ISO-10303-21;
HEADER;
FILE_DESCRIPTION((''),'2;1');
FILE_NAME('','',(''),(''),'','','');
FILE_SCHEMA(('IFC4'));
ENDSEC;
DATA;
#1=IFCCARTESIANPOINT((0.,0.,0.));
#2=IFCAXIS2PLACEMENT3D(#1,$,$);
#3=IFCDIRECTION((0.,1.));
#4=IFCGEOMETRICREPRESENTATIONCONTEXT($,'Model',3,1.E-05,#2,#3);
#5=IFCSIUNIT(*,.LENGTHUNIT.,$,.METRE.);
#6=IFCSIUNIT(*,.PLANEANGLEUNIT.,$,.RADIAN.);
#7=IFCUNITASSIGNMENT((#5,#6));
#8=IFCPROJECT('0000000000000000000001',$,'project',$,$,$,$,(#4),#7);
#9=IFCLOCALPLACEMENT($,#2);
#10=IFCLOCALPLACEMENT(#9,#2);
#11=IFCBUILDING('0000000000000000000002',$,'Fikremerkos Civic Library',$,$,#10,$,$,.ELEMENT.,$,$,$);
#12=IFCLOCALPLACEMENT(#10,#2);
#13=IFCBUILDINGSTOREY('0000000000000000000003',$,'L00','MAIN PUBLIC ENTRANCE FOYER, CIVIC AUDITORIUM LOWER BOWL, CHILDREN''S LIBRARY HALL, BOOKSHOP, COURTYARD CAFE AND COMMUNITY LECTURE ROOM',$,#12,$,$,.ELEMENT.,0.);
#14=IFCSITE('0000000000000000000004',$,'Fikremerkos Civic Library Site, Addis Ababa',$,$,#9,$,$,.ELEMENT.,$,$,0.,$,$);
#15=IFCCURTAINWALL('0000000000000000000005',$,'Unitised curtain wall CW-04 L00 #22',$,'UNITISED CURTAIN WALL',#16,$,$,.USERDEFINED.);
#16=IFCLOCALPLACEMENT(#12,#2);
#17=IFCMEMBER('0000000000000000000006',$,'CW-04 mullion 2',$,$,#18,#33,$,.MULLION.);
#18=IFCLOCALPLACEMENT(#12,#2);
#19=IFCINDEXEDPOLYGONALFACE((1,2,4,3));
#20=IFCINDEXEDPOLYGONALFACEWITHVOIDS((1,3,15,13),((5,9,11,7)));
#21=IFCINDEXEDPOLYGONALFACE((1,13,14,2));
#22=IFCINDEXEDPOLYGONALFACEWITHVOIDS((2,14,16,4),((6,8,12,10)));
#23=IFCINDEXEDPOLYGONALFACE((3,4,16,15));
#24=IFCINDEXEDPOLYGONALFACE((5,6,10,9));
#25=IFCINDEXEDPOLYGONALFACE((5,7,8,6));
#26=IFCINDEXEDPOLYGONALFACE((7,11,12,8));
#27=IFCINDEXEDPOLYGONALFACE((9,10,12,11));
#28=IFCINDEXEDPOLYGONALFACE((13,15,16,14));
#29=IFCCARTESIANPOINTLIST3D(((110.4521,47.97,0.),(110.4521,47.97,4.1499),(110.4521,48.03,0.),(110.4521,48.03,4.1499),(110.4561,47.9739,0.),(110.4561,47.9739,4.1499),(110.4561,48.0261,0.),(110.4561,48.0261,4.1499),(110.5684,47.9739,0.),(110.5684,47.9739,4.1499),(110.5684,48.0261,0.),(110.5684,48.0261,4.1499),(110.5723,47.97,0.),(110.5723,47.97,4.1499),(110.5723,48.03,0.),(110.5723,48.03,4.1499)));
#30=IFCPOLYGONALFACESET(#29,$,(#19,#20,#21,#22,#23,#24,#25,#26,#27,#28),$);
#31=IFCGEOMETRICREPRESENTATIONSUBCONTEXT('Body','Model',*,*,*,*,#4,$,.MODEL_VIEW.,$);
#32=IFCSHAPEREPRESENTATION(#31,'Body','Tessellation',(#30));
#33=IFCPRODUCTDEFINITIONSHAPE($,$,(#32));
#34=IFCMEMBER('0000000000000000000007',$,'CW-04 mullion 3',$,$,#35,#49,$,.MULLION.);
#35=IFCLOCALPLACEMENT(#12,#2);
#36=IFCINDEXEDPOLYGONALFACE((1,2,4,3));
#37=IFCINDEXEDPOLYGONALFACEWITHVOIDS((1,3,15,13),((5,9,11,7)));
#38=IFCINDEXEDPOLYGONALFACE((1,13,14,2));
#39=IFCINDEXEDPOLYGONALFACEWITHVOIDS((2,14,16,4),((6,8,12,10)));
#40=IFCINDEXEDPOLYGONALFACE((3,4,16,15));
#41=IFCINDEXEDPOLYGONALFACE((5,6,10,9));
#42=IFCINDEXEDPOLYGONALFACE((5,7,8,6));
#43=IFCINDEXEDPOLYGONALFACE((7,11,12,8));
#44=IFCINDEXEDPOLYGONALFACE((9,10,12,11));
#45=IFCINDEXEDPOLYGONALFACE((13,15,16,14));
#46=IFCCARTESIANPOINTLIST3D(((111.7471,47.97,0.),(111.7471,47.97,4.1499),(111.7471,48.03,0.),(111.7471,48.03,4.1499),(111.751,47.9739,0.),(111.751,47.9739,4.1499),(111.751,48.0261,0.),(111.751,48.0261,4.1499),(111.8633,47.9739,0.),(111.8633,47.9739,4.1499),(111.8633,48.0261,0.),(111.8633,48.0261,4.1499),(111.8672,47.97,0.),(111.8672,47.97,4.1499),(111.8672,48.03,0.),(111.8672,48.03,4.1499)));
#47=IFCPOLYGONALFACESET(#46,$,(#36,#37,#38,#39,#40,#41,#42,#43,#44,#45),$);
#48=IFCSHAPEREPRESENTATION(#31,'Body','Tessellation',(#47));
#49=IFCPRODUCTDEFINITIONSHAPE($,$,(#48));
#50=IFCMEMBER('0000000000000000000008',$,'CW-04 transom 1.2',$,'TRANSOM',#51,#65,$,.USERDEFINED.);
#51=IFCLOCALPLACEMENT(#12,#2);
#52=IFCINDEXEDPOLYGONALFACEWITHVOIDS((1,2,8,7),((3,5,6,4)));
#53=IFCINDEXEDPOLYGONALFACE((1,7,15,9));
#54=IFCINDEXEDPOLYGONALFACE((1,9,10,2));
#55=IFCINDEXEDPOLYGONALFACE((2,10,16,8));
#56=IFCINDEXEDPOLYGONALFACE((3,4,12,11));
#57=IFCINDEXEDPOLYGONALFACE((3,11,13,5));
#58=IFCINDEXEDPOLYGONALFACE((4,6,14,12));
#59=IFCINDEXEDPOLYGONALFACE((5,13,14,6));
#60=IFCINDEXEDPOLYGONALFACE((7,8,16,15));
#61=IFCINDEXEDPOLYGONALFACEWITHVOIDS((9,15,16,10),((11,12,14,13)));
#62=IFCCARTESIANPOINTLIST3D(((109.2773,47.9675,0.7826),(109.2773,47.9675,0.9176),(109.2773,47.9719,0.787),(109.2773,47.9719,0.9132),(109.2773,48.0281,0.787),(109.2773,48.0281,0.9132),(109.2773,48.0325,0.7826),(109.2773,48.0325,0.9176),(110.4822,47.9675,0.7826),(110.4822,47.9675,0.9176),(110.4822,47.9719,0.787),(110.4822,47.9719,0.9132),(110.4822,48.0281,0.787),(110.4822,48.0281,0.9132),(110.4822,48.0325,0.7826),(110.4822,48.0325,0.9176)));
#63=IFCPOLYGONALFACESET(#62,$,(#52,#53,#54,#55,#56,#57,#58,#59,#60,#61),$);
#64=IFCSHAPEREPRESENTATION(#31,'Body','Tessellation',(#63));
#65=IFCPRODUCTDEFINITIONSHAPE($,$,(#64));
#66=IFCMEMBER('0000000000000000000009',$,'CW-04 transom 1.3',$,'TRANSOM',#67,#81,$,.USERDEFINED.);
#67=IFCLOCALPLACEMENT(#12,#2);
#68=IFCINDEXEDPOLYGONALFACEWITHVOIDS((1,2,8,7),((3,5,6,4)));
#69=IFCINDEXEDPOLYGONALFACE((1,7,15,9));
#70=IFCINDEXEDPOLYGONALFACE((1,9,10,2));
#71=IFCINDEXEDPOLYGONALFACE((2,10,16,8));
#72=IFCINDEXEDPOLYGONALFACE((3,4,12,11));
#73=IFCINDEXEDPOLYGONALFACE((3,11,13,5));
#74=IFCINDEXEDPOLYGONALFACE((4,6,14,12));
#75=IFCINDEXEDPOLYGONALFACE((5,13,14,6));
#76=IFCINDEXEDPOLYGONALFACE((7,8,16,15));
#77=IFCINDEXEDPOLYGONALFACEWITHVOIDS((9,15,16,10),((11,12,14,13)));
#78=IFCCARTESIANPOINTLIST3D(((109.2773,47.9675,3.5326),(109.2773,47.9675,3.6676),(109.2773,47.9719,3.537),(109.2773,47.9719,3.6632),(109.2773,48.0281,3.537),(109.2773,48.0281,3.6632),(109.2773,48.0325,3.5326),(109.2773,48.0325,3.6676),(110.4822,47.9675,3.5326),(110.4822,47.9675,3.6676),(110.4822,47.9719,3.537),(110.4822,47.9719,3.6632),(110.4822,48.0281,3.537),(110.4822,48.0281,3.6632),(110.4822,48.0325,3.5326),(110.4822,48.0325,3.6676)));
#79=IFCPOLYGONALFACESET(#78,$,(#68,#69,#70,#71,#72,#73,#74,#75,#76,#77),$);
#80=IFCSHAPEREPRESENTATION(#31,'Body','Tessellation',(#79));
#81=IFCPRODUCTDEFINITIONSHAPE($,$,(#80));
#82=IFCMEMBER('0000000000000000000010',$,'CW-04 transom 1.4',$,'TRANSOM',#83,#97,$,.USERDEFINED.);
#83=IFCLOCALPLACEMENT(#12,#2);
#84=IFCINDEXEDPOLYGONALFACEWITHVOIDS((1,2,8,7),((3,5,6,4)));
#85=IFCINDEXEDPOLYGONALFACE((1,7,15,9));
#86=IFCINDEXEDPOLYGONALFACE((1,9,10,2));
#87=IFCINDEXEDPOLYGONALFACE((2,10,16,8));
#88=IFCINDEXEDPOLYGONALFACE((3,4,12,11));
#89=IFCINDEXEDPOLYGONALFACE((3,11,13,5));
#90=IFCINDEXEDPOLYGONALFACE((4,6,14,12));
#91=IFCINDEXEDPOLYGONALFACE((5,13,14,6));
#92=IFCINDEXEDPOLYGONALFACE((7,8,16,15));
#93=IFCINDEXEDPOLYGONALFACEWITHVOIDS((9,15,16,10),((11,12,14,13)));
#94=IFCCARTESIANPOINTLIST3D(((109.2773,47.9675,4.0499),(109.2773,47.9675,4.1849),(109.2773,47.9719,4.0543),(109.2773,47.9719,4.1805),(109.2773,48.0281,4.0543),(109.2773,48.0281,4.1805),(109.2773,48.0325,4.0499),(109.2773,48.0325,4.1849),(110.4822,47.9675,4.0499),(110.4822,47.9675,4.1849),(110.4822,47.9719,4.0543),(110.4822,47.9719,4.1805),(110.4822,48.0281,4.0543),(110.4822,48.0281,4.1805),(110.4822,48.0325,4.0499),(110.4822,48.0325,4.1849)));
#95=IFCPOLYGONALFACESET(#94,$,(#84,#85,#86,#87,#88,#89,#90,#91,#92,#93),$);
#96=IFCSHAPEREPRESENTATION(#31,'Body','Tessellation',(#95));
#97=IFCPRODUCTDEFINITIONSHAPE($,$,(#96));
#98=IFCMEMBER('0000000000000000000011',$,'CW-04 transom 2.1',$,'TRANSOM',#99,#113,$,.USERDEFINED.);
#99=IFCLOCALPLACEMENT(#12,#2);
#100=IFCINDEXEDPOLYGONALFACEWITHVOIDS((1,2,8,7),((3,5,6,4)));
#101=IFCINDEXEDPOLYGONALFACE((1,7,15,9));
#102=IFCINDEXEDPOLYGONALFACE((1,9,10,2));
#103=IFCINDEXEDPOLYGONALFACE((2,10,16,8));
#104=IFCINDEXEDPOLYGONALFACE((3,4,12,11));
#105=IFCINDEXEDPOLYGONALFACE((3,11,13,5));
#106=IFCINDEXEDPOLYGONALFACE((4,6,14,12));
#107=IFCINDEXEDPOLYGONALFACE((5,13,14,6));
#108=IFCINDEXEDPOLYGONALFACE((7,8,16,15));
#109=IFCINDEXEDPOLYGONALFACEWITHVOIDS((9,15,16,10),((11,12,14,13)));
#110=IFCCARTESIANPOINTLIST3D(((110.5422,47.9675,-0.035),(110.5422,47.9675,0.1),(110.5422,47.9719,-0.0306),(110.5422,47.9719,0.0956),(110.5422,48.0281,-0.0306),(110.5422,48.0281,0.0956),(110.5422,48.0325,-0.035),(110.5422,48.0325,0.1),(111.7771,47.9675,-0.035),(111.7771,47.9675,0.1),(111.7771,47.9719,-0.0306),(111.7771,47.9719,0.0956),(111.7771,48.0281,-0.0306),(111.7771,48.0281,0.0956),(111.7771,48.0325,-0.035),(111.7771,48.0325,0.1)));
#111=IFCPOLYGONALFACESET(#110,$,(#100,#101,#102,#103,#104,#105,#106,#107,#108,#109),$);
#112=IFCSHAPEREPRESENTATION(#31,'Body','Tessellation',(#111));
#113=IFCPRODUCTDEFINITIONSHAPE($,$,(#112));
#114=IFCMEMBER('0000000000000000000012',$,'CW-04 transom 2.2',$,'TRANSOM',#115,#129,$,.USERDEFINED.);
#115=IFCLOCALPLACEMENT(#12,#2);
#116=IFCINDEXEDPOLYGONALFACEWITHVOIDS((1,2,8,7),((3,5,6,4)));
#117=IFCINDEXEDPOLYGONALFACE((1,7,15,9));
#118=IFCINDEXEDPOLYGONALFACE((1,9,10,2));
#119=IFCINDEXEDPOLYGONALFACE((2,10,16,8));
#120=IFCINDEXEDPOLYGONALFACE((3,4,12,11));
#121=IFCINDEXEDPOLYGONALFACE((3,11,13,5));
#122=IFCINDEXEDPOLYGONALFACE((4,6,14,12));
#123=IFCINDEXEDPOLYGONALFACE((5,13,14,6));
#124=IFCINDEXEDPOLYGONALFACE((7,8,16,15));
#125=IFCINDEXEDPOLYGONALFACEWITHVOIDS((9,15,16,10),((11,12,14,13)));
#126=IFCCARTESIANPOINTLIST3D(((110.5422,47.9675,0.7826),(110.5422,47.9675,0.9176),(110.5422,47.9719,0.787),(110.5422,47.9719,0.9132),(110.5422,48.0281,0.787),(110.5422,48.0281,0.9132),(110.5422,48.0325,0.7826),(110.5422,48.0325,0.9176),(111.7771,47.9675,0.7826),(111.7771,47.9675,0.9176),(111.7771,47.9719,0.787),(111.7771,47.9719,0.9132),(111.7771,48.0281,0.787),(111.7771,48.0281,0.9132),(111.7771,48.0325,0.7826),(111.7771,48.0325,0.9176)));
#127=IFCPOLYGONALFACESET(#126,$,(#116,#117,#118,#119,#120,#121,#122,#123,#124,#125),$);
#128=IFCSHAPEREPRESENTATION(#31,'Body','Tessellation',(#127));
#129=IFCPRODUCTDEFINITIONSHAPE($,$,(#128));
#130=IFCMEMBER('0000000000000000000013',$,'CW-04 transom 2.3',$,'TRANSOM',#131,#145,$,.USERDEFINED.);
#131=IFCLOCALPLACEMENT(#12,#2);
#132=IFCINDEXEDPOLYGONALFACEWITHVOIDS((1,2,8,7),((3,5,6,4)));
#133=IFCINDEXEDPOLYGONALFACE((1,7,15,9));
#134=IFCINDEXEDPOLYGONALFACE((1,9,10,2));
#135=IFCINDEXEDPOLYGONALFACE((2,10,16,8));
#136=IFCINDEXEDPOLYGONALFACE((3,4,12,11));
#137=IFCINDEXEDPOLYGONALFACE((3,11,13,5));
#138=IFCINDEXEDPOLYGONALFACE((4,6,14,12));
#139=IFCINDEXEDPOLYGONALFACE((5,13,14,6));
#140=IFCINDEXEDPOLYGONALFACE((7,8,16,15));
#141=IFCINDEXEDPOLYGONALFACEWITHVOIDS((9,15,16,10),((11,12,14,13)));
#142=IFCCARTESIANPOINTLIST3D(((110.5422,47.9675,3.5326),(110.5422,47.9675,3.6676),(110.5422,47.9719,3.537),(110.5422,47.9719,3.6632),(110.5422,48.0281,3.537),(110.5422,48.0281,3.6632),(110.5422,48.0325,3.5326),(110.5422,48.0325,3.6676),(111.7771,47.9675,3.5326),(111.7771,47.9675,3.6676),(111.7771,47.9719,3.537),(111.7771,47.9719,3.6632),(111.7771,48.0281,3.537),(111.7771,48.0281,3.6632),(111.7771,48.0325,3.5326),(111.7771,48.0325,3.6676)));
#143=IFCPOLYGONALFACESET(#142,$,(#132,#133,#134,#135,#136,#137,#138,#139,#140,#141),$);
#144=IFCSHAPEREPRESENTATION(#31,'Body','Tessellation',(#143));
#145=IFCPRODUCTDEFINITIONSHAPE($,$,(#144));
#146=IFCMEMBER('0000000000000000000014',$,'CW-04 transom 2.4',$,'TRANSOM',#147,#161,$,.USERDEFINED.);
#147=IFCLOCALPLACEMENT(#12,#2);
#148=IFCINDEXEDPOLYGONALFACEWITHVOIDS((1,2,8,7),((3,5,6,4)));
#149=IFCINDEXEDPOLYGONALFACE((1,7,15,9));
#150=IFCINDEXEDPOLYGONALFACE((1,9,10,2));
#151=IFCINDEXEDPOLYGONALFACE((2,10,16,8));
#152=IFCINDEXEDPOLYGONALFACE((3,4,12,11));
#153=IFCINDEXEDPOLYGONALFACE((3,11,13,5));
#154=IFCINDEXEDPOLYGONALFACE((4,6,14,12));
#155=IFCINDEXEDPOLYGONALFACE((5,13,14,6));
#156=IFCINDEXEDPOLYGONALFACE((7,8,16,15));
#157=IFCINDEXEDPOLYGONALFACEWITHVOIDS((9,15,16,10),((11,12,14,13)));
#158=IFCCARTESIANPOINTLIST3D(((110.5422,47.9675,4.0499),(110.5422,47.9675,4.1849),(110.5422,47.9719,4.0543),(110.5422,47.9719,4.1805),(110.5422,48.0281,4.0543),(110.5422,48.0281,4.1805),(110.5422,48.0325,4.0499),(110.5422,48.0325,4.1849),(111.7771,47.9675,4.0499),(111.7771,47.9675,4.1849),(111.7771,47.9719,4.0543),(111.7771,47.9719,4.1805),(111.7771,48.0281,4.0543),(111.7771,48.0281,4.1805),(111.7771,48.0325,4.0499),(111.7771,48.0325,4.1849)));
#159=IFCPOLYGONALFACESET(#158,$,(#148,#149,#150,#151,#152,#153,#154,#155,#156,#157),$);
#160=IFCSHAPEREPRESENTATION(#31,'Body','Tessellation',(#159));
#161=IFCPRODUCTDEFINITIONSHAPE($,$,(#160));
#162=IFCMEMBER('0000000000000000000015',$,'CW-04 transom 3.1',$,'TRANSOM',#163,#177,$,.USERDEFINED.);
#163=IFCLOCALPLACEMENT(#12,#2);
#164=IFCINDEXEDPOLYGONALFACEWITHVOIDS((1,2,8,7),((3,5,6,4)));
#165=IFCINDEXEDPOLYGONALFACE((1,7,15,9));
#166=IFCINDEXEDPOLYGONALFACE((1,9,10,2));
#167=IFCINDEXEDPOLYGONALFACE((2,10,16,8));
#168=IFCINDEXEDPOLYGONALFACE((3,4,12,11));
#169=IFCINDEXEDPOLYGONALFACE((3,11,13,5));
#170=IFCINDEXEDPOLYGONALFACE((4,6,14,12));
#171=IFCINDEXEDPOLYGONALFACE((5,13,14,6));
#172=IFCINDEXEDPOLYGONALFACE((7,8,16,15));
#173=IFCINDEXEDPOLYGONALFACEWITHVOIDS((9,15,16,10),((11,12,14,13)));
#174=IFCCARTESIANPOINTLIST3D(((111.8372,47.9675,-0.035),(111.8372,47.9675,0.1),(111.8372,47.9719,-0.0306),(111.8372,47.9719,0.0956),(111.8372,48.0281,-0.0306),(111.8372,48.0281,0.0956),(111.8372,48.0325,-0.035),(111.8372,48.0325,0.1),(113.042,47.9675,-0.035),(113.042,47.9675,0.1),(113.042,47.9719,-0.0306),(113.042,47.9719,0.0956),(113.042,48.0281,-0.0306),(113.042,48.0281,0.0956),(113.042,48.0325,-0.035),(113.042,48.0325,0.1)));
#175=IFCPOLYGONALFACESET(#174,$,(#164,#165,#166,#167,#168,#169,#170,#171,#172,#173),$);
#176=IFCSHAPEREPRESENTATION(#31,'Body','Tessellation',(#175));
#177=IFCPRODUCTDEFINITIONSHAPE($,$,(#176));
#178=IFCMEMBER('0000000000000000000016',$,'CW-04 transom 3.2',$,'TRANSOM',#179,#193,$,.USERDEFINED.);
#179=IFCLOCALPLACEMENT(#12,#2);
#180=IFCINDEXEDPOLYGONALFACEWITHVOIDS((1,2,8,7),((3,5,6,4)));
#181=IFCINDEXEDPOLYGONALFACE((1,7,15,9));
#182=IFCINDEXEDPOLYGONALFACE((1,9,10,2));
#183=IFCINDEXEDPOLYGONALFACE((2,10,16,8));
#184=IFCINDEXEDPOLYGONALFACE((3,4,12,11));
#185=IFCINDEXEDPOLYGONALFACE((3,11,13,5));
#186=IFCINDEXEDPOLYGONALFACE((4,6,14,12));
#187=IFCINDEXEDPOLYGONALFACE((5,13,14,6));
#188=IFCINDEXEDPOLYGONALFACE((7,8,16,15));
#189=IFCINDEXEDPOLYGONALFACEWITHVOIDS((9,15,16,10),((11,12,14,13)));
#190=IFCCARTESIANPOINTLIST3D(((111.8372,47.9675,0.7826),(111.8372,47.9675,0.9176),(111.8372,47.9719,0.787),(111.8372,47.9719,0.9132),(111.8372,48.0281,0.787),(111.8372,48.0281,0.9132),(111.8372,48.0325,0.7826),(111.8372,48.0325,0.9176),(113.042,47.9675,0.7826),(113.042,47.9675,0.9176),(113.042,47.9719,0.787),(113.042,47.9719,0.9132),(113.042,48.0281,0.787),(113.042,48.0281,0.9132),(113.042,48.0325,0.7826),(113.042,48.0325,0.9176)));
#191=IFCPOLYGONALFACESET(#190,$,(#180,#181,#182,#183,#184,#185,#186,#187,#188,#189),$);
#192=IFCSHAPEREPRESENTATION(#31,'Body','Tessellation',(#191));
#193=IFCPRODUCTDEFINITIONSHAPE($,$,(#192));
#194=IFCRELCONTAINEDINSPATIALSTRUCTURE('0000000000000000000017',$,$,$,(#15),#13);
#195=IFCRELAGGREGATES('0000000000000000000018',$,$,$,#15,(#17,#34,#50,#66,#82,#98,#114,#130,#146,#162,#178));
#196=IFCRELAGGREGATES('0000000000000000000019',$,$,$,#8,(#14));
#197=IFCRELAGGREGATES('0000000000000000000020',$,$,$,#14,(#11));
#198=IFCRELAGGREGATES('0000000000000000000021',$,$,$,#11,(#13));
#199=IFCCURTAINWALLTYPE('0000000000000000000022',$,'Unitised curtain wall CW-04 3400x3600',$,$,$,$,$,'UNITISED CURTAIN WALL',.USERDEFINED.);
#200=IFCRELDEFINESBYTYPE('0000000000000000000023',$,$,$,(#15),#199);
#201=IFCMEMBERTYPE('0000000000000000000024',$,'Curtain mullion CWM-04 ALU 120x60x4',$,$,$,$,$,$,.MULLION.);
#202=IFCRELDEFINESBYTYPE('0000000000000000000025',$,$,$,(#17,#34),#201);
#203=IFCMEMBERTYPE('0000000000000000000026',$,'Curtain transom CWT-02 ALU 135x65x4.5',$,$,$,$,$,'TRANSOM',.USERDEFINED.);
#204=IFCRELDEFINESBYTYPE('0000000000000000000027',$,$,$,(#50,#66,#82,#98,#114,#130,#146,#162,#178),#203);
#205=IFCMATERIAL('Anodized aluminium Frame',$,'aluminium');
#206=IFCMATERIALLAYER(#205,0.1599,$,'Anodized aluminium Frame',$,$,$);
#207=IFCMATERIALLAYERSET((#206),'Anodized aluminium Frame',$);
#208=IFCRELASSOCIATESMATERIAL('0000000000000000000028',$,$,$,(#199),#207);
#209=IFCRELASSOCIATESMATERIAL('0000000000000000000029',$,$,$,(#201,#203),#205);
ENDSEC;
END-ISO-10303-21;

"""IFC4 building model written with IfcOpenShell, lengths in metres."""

from ifc_helpers import new_model, si_unit, direction, frame, origin, origin_2d, place, context, subcontext, project, spatial, hollow_rectangle, extrude, material, layer, layer_set, material_profile, profile_set, type_object, element, aggregate, save


model = new_model("IFC4")

# Units and contexts
model_context = context("Model", 3, precision=1e-05, world=origin(), true_north=direction((0.0, 1.0)))
body_context = subcontext(model_context, "Body", "Model", "MODEL_VIEW")
ifc_project = project(units=[si_unit("LENGTHUNIT", "METRE"), si_unit("PLANEANGLEUNIT", "RADIAN")], contexts=[model_context])

# Site, building, storey
site_placement = place(None, origin())
site = spatial("IfcSite", under=ifc_project, at=site_placement, Name="Fikremerkos Civic Library Site, Addis Ababa", CompositionType="ELEMENT", RefElevation=0.0)
building_placement = place(site_placement, origin())
building = spatial("IfcBuilding", under=site, at=building_placement, Name="Fikremerkos Civic Library", CompositionType="ELEMENT")
storey_placement = place(building_placement, origin())
storey = spatial("IfcBuildingStorey", under=building, at=storey_placement, Name="L00", Description="MAIN PUBLIC ENTRANCE FOYER, CIVIC AUDITORIUM LOWER BOWL, CHILDREN'S LIBRARY HALL, BOOKSHOP, COURTYARD CAFE AND COMMUNITY LECTURE ROOM", CompositionType="ELEMENT", Elevation=0.0)

# Curtain wall, members
ifc_material_1 = material(Name="Anodized aluminium Frame", Category="aluminium")
ifc_layer_1 = layer(ifc_material_1, 0.1599, Name="Anodized aluminium Frame")
ifc_layer_set_1 = layer_set([ifc_layer_1], Name="Anodized aluminium Frame")
curtain_wall_type = type_object("IfcCurtainWallType", Name="Unitised curtain wall CW-04 3400x3600", ElementType="UNITISED CURTAIN WALL", PredefinedType="USERDEFINED", material=ifc_layer_set_1)
curtain_wall_placement = place(storey_placement, origin())
curtain_wall = element("IfcCurtainWall", 1, at=curtain_wall_placement, inside=storey, type_object=curtain_wall_type, Name="Unitised curtain wall CW-04 L00 #22", ObjectType="UNITISED CURTAIN WALL", PredefinedType="USERDEFINED")
ifc_material_profile_1 = material_profile(ifc_material_1, hollow_rectangle(XDim=0.0601, YDim=0.1201, WallThickness=0.0039, at=origin_2d()), Name="ALU 120x60x4")
ifc_profile_set_1 = profile_set([ifc_material_profile_1], Name="Anodized aluminium Frame")
member_type_1 = type_object("IfcMemberType", Name="Curtain mullion CWM-04 ALU 120x60x4", PredefinedType="MULLION", material=ifc_profile_set_1)
member_1_placement = place(storey_placement, frame((110.5122, 48.0, 0.0), z_axis=(0.0, 0.0, 1.0), x_axis=(0.0, 1.0, 0.0)))
member_1 = element("IfcMember", 2, at=member_1_placement, type_object=member_type_1, Name="CW-04 mullion 2", PredefinedType="MULLION", context=body_context, shape_type="SweptSolid", body=[
    extrude(hollow_rectangle(XDim=0.0601, YDim=0.1201, WallThickness=0.0039, at=origin_2d()), origin(), (0.0, 0.0, 1.0), 4.1499),
])
member_2_placement = place(storey_placement, frame((111.8071, 48.0, 0.0), z_axis=(0.0, 0.0, 1.0), x_axis=(0.0, 1.0, 0.0)))
member_2 = element("IfcMember", 3, at=member_2_placement, type_object=member_type_1, Name="CW-04 mullion 3", PredefinedType="MULLION", context=body_context, shape_type="SweptSolid", body=[
    extrude(hollow_rectangle(XDim=0.0601, YDim=0.1201, WallThickness=0.0039, at=origin_2d()), origin(), (0.0, 0.0, 1.0), 4.1499),
])
ifc_material_profile_2 = material_profile(ifc_material_1, hollow_rectangle(XDim=0.0649, YDim=0.135, WallThickness=0.0044, at=origin_2d()), Name="ALU 135x65x4.5")
ifc_profile_set_2 = profile_set([ifc_material_profile_2], Name="Anodized aluminium Frame")
member_type_2 = type_object("IfcMemberType", Name="Curtain transom CWT-02 ALU 135x65x4.5", ElementType="TRANSOM", PredefinedType="USERDEFINED", material=ifc_profile_set_2)
member_3_placement = place(storey_placement, frame((109.2773, 48.0, 0.8501), z_axis=(1.0, 0.0, 0.0), x_axis=(0.0, 1.0, 0.0)))
member_3 = element("IfcMember", 4, at=member_3_placement, type_object=member_type_2, Name="CW-04 transom 1.2", ObjectType="TRANSOM", PredefinedType="USERDEFINED", context=body_context, shape_type="SweptSolid", body=[
    extrude(hollow_rectangle(XDim=0.0649, YDim=0.135, WallThickness=0.0044, at=origin_2d()), origin(), (0.0, 0.0, 1.0), 1.2048),
])
member_4_placement = place(storey_placement, frame((109.2773, 48.0, 3.6001), z_axis=(1.0, 0.0, 0.0), x_axis=(0.0, 1.0, 0.0)))
member_4 = element("IfcMember", 5, at=member_4_placement, type_object=member_type_2, Name="CW-04 transom 1.3", ObjectType="TRANSOM", PredefinedType="USERDEFINED", context=body_context, shape_type="SweptSolid", body=[
    extrude(hollow_rectangle(XDim=0.0649, YDim=0.135, WallThickness=0.0044, at=origin_2d()), origin(), (0.0, 0.0, 1.0), 1.2048),
])
member_5_placement = place(storey_placement, frame((109.2773, 48.0, 4.1174), z_axis=(1.0, 0.0, 0.0), x_axis=(0.0, 1.0, 0.0)))
member_5 = element("IfcMember", 6, at=member_5_placement, type_object=member_type_2, Name="CW-04 transom 1.4", ObjectType="TRANSOM", PredefinedType="USERDEFINED", context=body_context, shape_type="SweptSolid", body=[
    extrude(hollow_rectangle(XDim=0.0649, YDim=0.135, WallThickness=0.0044, at=origin_2d()), origin(), (0.0, 0.0, 1.0), 1.2048),
])
member_6_placement = place(storey_placement, frame((110.5422, 48.0, 0.0325), z_axis=(1.0, 0.0, 0.0), x_axis=(0.0, 1.0, 0.0)))
member_6 = element("IfcMember", 7, at=member_6_placement, type_object=member_type_2, Name="CW-04 transom 2.1", ObjectType="TRANSOM", PredefinedType="USERDEFINED", context=body_context, shape_type="SweptSolid", body=[
    extrude(hollow_rectangle(XDim=0.0649, YDim=0.135, WallThickness=0.0044, at=origin_2d()), origin(), (0.0, 0.0, 1.0), 1.2349),
])
member_7_placement = place(storey_placement, frame((110.5422, 48.0, 0.8501), z_axis=(1.0, 0.0, 0.0), x_axis=(0.0, 1.0, 0.0)))
member_7 = element("IfcMember", 8, at=member_7_placement, type_object=member_type_2, Name="CW-04 transom 2.2", ObjectType="TRANSOM", PredefinedType="USERDEFINED", context=body_context, shape_type="SweptSolid", body=[
    extrude(hollow_rectangle(XDim=0.0649, YDim=0.135, WallThickness=0.0044, at=origin_2d()), origin(), (0.0, 0.0, 1.0), 1.2349),
])
member_8_placement = place(storey_placement, frame((110.5422, 48.0, 3.6001), z_axis=(1.0, 0.0, 0.0), x_axis=(0.0, 1.0, 0.0)))
member_8 = element("IfcMember", 9, at=member_8_placement, type_object=member_type_2, Name="CW-04 transom 2.3", ObjectType="TRANSOM", PredefinedType="USERDEFINED", context=body_context, shape_type="SweptSolid", body=[
    extrude(hollow_rectangle(XDim=0.0649, YDim=0.135, WallThickness=0.0044, at=origin_2d()), origin(), (0.0, 0.0, 1.0), 1.2349),
])
member_9_placement = place(storey_placement, frame((110.5422, 48.0, 4.1174), z_axis=(1.0, 0.0, 0.0), x_axis=(0.0, 1.0, 0.0)))
member_9 = element("IfcMember", 10, at=member_9_placement, type_object=member_type_2, Name="CW-04 transom 2.4", ObjectType="TRANSOM", PredefinedType="USERDEFINED", context=body_context, shape_type="SweptSolid", body=[
    extrude(hollow_rectangle(XDim=0.0649, YDim=0.135, WallThickness=0.0044, at=origin_2d()), origin(), (0.0, 0.0, 1.0), 1.2349),
])
member_10_placement = place(storey_placement, frame((111.8372, 48.0, 0.0325), z_axis=(1.0, 0.0, 0.0), x_axis=(0.0, 1.0, 0.0)))
member_10 = element("IfcMember", 11, at=member_10_placement, type_object=member_type_2, Name="CW-04 transom 3.1", ObjectType="TRANSOM", PredefinedType="USERDEFINED", context=body_context, shape_type="SweptSolid", body=[
    extrude(hollow_rectangle(XDim=0.0649, YDim=0.135, WallThickness=0.0044, at=origin_2d()), origin(), (0.0, 0.0, 1.0), 1.2048),
])
member_11_placement = place(storey_placement, frame((111.8372, 48.0, 0.8501), z_axis=(1.0, 0.0, 0.0), x_axis=(0.0, 1.0, 0.0)))
member_11 = element("IfcMember", 12, at=member_11_placement, type_object=member_type_2, Name="CW-04 transom 3.2", ObjectType="TRANSOM", PredefinedType="USERDEFINED", context=body_context, shape_type="SweptSolid", body=[
    extrude(hollow_rectangle(XDim=0.0649, YDim=0.135, WallThickness=0.0044, at=origin_2d()), origin(), (0.0, 0.0, 1.0), 1.2048),
])
aggregate(curtain_wall, [member_1, member_2, member_3, member_4, member_5, member_6, member_7, member_8, member_9, member_10, member_11])

save(model, "model.ifc")
